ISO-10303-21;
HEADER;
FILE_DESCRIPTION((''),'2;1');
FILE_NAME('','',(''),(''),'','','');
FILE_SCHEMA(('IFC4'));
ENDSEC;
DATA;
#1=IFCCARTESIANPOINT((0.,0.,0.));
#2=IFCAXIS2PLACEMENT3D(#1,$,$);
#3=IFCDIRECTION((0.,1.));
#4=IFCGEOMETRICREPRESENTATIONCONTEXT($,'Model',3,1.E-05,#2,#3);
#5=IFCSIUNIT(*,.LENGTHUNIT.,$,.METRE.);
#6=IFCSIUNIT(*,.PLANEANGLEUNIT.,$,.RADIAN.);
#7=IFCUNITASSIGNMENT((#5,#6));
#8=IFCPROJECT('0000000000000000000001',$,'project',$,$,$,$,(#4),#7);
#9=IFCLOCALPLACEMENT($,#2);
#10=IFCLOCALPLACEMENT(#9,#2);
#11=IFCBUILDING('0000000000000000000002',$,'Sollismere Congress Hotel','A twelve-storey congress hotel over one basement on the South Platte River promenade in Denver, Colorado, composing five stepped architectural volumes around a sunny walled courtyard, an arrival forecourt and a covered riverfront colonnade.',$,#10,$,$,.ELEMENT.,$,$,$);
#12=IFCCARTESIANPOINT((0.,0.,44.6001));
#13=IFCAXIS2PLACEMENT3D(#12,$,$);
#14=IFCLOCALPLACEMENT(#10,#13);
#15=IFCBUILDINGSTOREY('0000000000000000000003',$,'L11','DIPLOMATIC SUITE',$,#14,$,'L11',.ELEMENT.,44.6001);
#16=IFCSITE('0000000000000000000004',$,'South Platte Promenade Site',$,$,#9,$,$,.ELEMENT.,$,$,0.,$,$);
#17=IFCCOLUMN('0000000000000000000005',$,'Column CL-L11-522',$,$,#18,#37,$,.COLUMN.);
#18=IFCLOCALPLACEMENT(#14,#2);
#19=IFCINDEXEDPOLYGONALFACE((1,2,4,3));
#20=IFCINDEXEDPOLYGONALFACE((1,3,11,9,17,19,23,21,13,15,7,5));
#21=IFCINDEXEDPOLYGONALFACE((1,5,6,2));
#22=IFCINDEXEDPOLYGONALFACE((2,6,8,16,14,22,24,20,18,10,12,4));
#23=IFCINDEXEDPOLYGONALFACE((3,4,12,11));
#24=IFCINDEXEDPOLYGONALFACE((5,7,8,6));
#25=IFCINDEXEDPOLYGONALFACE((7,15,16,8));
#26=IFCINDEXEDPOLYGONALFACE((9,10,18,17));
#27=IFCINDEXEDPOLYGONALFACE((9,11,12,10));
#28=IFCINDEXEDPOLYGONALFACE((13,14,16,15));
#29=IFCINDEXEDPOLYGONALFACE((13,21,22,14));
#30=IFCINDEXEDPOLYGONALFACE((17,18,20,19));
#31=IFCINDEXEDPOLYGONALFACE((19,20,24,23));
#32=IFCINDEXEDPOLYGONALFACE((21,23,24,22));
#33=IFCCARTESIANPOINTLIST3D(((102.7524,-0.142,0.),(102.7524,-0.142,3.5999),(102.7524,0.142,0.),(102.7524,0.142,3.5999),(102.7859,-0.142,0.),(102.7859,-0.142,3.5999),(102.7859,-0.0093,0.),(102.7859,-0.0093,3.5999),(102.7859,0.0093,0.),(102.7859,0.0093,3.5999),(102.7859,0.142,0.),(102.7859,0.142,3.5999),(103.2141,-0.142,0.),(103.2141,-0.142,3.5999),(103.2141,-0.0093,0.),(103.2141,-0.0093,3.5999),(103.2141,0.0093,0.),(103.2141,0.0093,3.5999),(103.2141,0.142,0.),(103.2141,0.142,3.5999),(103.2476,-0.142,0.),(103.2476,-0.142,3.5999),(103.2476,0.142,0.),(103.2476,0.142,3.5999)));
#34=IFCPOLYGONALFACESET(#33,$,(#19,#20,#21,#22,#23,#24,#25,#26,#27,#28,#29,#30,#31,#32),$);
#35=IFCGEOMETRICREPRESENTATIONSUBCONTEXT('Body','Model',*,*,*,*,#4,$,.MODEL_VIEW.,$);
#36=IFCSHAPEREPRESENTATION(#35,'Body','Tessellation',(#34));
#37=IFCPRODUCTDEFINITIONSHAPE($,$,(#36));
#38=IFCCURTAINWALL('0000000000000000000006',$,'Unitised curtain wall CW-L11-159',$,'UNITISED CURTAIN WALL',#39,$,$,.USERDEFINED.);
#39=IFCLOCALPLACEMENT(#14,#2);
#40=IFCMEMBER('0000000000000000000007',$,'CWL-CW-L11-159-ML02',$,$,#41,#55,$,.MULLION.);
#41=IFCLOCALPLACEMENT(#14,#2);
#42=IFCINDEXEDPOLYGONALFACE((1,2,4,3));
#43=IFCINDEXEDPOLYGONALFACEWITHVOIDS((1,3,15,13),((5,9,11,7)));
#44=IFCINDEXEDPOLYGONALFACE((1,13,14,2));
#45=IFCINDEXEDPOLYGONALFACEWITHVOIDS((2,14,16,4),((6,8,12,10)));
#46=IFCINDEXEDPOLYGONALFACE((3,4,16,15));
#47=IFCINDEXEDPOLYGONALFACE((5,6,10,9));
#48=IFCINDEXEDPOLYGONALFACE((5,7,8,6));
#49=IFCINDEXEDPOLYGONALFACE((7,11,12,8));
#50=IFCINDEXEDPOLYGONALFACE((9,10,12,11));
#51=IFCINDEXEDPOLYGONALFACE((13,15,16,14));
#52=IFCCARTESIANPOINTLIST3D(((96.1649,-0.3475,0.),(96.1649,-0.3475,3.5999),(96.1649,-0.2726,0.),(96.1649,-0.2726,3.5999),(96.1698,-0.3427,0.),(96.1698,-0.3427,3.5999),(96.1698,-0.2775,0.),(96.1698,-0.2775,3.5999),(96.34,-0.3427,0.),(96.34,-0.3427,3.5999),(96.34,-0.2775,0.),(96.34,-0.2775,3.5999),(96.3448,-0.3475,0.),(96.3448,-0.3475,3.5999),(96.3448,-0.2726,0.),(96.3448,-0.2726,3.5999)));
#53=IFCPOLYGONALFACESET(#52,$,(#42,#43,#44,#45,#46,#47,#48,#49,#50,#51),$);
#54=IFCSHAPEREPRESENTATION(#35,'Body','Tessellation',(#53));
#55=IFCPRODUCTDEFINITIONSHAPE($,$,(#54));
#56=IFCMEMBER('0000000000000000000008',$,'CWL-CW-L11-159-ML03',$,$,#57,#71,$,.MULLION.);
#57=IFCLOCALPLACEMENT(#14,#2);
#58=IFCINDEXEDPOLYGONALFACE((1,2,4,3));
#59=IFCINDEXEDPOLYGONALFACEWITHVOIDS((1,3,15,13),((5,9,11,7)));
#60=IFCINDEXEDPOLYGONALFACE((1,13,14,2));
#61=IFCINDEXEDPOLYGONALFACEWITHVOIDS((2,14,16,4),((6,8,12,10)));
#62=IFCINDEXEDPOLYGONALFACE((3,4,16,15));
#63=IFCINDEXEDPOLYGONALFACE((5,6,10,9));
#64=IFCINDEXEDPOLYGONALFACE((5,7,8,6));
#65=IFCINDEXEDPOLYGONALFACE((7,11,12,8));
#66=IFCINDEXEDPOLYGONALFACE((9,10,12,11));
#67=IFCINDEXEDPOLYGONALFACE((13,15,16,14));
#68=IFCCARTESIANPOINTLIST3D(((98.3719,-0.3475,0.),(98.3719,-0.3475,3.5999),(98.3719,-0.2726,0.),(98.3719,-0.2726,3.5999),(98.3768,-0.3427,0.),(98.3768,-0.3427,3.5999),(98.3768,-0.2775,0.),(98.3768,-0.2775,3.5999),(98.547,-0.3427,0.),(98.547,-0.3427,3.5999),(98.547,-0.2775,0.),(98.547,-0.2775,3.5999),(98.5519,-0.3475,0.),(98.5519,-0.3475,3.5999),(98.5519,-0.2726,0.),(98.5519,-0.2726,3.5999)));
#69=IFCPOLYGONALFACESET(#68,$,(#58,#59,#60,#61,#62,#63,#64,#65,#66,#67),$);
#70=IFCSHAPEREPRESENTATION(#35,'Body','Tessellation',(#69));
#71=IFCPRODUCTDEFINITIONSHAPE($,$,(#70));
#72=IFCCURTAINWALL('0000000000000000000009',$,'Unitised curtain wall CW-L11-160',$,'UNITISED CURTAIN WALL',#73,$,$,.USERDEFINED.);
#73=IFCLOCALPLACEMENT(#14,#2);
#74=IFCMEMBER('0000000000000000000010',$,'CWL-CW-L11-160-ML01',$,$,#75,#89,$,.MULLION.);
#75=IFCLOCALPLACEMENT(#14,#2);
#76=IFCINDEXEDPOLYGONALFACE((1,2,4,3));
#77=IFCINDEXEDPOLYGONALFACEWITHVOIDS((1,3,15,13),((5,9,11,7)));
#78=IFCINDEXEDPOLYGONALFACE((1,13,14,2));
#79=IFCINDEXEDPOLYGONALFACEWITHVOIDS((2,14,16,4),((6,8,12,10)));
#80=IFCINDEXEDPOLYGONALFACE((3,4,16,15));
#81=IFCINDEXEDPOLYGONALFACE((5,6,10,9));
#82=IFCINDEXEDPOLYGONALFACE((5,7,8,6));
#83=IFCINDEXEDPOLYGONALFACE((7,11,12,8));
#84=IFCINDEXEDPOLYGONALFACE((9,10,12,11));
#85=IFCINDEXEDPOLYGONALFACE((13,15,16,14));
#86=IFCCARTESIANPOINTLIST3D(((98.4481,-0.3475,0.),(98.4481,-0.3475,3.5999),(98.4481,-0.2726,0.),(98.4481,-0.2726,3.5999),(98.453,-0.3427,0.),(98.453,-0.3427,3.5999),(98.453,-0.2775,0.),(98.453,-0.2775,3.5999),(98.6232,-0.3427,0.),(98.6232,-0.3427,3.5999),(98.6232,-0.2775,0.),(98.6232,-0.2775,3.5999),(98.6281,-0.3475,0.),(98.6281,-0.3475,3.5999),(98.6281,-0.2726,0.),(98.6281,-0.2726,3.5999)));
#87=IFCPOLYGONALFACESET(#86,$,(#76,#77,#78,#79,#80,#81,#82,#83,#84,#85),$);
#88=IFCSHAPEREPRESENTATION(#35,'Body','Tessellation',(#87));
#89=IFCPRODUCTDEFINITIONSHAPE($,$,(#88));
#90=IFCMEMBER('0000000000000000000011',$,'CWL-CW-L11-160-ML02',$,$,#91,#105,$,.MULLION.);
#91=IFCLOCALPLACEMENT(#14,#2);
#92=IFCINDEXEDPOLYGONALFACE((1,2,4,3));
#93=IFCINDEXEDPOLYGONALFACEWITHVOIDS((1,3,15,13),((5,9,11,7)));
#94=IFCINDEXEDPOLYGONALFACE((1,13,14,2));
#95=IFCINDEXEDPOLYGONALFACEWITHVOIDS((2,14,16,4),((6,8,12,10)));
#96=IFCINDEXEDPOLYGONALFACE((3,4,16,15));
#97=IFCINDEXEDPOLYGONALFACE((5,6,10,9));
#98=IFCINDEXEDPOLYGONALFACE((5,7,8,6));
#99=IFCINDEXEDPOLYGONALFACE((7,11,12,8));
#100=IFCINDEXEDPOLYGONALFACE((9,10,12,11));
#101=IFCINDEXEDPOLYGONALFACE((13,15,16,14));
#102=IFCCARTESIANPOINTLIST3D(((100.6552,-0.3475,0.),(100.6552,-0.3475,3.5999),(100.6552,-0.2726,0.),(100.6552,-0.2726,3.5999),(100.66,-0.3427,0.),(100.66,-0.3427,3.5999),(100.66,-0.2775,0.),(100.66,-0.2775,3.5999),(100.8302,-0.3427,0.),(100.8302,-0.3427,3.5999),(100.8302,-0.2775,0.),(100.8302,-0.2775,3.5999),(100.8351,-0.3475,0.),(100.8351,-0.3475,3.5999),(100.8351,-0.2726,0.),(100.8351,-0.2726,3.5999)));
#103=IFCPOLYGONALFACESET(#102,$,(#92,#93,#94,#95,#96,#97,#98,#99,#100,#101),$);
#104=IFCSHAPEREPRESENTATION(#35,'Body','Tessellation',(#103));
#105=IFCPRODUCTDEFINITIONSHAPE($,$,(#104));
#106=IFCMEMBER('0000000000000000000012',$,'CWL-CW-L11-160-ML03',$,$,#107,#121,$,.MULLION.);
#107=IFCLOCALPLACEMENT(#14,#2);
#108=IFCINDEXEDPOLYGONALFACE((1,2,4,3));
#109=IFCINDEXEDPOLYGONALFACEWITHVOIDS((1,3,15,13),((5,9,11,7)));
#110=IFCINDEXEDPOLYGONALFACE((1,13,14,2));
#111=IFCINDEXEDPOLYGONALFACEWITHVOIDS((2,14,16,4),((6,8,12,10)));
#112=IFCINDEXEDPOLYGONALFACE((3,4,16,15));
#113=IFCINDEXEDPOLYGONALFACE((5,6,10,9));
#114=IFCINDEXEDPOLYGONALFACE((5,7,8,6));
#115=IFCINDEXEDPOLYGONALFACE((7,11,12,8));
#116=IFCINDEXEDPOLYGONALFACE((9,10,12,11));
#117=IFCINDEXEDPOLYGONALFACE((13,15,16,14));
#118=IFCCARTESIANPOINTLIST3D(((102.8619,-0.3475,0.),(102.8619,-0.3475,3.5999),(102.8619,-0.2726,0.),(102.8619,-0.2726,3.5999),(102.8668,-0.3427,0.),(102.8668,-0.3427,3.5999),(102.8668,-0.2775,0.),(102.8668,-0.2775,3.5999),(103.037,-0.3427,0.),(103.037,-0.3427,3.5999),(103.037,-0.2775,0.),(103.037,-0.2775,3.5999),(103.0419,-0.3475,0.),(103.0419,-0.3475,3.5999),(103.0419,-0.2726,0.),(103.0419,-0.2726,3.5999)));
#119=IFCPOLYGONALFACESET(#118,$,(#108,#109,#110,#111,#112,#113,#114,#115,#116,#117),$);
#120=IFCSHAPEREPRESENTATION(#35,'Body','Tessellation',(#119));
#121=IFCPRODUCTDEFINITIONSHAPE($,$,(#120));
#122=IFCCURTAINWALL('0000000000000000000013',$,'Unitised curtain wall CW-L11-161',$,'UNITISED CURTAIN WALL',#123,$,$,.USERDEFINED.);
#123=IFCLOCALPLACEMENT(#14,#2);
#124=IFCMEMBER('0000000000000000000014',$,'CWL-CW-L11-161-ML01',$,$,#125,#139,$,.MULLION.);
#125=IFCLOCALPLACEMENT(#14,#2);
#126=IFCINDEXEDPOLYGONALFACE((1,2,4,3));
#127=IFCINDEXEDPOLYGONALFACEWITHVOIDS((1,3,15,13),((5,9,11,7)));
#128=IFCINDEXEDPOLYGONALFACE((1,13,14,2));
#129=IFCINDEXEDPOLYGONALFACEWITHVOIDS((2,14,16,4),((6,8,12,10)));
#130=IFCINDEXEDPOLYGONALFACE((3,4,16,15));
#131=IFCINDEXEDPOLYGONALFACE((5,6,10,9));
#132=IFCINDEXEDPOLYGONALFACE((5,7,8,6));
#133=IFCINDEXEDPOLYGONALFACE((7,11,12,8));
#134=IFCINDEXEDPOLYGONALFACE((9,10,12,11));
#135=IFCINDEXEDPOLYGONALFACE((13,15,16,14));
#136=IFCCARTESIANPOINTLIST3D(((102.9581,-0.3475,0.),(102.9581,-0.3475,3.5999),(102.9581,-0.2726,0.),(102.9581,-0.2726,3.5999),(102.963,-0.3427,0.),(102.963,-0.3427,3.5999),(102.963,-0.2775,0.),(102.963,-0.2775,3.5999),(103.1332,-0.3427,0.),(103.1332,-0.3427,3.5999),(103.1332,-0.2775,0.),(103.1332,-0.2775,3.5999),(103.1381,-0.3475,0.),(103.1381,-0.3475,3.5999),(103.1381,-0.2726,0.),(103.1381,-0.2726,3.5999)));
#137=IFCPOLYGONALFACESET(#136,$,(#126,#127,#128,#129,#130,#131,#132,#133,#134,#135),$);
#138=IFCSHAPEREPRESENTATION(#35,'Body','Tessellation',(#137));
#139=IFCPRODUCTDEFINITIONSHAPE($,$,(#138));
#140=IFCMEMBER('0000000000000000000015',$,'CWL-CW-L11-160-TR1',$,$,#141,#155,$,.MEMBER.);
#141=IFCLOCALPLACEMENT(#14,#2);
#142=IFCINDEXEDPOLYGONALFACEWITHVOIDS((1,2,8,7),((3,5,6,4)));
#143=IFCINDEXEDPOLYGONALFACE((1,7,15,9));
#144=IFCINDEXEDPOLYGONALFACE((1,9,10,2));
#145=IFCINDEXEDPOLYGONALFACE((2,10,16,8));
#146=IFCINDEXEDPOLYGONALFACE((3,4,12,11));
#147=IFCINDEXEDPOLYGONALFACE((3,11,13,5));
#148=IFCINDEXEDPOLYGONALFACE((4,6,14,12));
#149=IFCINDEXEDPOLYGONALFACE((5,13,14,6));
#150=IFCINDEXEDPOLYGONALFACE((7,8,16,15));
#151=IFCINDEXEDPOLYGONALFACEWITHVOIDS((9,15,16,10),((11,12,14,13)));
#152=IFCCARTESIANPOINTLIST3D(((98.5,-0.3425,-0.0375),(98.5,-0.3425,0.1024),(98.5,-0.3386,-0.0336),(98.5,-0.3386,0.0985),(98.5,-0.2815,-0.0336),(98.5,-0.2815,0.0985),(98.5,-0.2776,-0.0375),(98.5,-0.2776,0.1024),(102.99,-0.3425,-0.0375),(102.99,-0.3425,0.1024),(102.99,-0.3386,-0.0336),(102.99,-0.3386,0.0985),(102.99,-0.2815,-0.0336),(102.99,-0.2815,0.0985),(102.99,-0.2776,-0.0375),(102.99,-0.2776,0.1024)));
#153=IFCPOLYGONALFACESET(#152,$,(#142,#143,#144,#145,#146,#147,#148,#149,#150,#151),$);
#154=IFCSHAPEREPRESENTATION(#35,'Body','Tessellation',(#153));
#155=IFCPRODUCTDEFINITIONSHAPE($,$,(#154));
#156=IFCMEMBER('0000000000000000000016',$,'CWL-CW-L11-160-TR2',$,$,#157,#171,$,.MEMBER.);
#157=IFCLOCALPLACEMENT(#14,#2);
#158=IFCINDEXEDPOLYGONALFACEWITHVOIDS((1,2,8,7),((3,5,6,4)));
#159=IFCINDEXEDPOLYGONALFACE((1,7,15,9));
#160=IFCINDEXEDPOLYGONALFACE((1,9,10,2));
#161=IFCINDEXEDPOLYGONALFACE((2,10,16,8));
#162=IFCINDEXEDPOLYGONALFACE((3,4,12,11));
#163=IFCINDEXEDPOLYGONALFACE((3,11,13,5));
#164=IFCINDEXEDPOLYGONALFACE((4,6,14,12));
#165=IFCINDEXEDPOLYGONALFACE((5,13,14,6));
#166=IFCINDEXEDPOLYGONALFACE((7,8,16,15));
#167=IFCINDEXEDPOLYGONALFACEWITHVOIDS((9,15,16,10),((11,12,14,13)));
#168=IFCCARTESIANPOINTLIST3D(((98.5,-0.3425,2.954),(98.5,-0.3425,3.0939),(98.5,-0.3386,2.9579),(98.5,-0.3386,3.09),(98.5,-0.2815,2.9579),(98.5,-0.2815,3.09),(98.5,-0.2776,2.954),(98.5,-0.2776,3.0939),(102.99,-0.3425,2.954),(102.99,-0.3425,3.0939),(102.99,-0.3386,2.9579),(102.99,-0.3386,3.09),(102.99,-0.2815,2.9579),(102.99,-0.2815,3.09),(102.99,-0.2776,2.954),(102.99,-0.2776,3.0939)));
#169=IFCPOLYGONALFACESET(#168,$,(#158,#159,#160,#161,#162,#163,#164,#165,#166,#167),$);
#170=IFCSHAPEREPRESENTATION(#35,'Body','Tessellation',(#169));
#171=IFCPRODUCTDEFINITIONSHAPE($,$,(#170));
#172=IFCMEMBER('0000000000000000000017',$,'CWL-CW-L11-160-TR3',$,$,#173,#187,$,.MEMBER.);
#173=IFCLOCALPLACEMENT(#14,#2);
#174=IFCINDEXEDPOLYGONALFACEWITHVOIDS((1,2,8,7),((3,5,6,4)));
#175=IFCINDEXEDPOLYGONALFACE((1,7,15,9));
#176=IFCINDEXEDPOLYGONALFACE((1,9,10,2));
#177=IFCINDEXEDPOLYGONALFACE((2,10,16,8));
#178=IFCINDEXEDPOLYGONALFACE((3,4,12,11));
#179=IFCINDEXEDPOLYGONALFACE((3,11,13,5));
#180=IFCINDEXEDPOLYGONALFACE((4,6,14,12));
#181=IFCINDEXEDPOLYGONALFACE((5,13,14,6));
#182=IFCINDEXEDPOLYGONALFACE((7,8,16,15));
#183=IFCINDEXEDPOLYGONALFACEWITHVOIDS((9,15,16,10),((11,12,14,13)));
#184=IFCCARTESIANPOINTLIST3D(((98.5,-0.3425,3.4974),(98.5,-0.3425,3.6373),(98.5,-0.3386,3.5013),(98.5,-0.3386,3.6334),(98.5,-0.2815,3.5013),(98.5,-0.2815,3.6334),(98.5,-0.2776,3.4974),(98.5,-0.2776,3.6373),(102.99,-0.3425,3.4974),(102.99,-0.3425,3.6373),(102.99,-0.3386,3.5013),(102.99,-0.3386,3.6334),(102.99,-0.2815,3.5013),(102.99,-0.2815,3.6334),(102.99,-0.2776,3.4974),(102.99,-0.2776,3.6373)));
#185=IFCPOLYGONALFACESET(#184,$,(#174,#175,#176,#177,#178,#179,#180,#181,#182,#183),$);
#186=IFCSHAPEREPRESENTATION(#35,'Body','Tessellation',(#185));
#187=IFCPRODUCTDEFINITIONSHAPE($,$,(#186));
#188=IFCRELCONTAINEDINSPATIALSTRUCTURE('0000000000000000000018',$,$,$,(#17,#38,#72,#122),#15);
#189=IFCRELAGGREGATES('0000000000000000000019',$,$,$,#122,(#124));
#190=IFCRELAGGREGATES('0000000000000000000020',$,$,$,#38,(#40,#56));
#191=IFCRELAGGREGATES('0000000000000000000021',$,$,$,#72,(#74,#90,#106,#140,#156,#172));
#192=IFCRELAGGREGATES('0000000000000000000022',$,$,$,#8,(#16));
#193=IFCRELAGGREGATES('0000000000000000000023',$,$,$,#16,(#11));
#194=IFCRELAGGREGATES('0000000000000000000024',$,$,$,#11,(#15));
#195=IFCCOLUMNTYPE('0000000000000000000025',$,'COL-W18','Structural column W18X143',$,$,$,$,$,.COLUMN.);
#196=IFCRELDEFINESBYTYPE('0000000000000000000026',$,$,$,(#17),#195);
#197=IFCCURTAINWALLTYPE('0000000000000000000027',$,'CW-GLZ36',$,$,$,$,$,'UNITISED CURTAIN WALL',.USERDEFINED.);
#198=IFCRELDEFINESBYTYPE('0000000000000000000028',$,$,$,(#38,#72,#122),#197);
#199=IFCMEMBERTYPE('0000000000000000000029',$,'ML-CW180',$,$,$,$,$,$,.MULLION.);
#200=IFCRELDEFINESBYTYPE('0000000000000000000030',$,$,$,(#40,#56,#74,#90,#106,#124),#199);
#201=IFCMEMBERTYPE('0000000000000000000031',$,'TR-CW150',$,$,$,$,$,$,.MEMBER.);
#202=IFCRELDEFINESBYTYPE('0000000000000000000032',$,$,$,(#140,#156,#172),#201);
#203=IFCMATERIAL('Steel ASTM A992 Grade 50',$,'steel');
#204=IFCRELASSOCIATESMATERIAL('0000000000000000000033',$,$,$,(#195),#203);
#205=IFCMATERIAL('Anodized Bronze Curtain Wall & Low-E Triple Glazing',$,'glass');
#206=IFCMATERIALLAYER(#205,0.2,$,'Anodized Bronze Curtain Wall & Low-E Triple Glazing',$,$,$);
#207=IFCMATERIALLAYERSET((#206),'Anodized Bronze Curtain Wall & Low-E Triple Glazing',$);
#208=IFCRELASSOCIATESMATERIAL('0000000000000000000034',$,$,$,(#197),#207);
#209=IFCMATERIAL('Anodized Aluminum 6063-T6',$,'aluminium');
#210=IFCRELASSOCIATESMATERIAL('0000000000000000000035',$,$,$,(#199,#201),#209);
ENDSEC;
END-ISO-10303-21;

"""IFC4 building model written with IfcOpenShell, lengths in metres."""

from ifc_helpers import new_model, si_unit, direction, frame, origin, origin_2d, place, context, subcontext, project, spatial, hollow_rectangle, i_section, extrude, material, layer, layer_set, material_profile, profile_set, type_object, element, aggregate, save


model = new_model("IFC4")

# Units and contexts
model_context = context("Model", 3, precision=1e-05, world=origin(), true_north=direction((0.0, 1.0)))
body_context = subcontext(model_context, "Body", "Model", "MODEL_VIEW")
ifc_project = project(units=[si_unit("LENGTHUNIT", "METRE"), si_unit("PLANEANGLEUNIT", "RADIAN")], contexts=[model_context])

# Site, building, storey
site_placement = place(None, origin())
site = spatial("IfcSite", under=ifc_project, at=site_placement, Name="South Platte Promenade Site", CompositionType="ELEMENT", RefElevation=0.0)
building_placement = place(site_placement, origin())
building = spatial("IfcBuilding", under=site, at=building_placement, Name="Sollismere Congress Hotel", Description="A twelve-storey congress hotel over one basement on the South Platte River promenade in Denver, Colorado, composing five stepped architectural volumes around a sunny walled courtyard, an arrival forecourt and a covered riverfront colonnade.", CompositionType="ELEMENT")
storey_placement = place(building_placement, frame((0.0, 0.0, 44.6001)))
storey = spatial("IfcBuildingStorey", under=building, at=storey_placement, Name="L11", Description="DIPLOMATIC SUITE", LongName="L11", CompositionType="ELEMENT", Elevation=44.6001)

# Column
ifc_material_1 = material(Name="Steel ASTM A992 Grade 50", Category="steel")
ifc_material_profile_1 = material_profile(ifc_material_1, i_section(OverallWidth=0.2839, OverallDepth=0.4951, WebThickness=0.0186, FlangeThickness=0.0334, at=origin_2d()), Name="W18X143")
ifc_profile_set_1 = profile_set([ifc_material_profile_1], Name="Steel ASTM A992 Grade 50")
column_type = type_object("IfcColumnType", Name="COL-W18", Description="Structural column W18X143", PredefinedType="COLUMN", material=ifc_profile_set_1)
column_placement = place(storey_placement, frame((103.0, 0.0, 0.0), z_axis=(0.0, 0.0, 1.0), x_axis=(0.0, 1.0, 0.0)))
element("IfcColumn", 1, at=column_placement, inside=storey, type_object=column_type, Name="Column CL-L11-522", PredefinedType="COLUMN", context=body_context, shape_type="SweptSolid", body=[
    extrude(i_section(OverallWidth=0.2839, OverallDepth=0.4951, WebThickness=0.0186, FlangeThickness=0.0334, at=origin_2d()), origin(), (0.0, 0.0, 1.0), 3.5999),
])

# Curtain walls, members
ifc_material_2 = material(Name="Anodized Bronze Curtain Wall & Low-E Triple Glazing", Category="glass")
ifc_layer_1 = layer(ifc_material_2, 0.2, Name="Anodized Bronze Curtain Wall & Low-E Triple Glazing")
ifc_layer_set_1 = layer_set([ifc_layer_1], Name="Anodized Bronze Curtain Wall & Low-E Triple Glazing")
curtain_wall_type = type_object("IfcCurtainWallType", Name="CW-GLZ36", ElementType="UNITISED CURTAIN WALL", PredefinedType="USERDEFINED", material=ifc_layer_set_1)
curtain_wall_1_placement = place(storey_placement, origin())
curtain_wall_1 = element("IfcCurtainWall", 2, at=curtain_wall_1_placement, inside=storey, type_object=curtain_wall_type, Name="Unitised curtain wall CW-L11-159", ObjectType="UNITISED CURTAIN WALL", PredefinedType="USERDEFINED")
ifc_material_3 = material(Name="Anodized Aluminum 6063-T6", Category="aluminium")
ifc_material_profile_2 = material_profile(ifc_material_3, hollow_rectangle(XDim=0.075, YDim=0.1799, WallThickness=0.0049, at=origin_2d()), Name="ALU180X75X5")
ifc_profile_set_2 = profile_set([ifc_material_profile_2], Name="Anodized Aluminum 6063-T6")
member_type_1 = type_object("IfcMemberType", Name="ML-CW180", PredefinedType="MULLION", material=ifc_profile_set_2)
member_1_placement = place(storey_placement, frame((96.2549, -0.3101, 0.0), z_axis=(0.0, 0.0, 1.0), x_axis=(0.0, 1.0, 0.0)))
member_1 = element("IfcMember", 3, at=member_1_placement, type_object=member_type_1, Name="CWL-CW-L11-159-ML02", PredefinedType="MULLION", context=body_context, shape_type="SweptSolid", body=[
    extrude(hollow_rectangle(XDim=0.075, YDim=0.1799, WallThickness=0.0049, at=origin_2d()), origin(), (0.0, 0.0, 1.0), 3.5999),
])
member_2_placement = place(storey_placement, frame((98.4619, -0.3101, 0.0), z_axis=(0.0, 0.0, 1.0), x_axis=(0.0, 1.0, 0.0)))
member_2 = element("IfcMember", 4, at=member_2_placement, type_object=member_type_1, Name="CWL-CW-L11-159-ML03", PredefinedType="MULLION", context=body_context, shape_type="SweptSolid", body=[
    extrude(hollow_rectangle(XDim=0.075, YDim=0.1799, WallThickness=0.0049, at=origin_2d()), origin(), (0.0, 0.0, 1.0), 3.5999),
])
curtain_wall_2_placement = place(storey_placement, origin())
curtain_wall_2 = element("IfcCurtainWall", 5, at=curtain_wall_2_placement, inside=storey, type_object=curtain_wall_type, Name="Unitised curtain wall CW-L11-160", ObjectType="UNITISED CURTAIN WALL", PredefinedType="USERDEFINED")
member_3_placement = place(storey_placement, frame((98.5381, -0.3101, 0.0), z_axis=(0.0, 0.0, 1.0), x_axis=(0.0, 1.0, 0.0)))
member_3 = element("IfcMember", 6, at=member_3_placement, type_object=member_type_1, Name="CWL-CW-L11-160-ML01", PredefinedType="MULLION", context=body_context, shape_type="SweptSolid", body=[
    extrude(hollow_rectangle(XDim=0.075, YDim=0.1799, WallThickness=0.0049, at=origin_2d()), origin(), (0.0, 0.0, 1.0), 3.5999),
])
member_4_placement = place(storey_placement, frame((100.7451, -0.3101, 0.0), z_axis=(0.0, 0.0, 1.0), x_axis=(0.0, 1.0, 0.0)))
member_4 = element("IfcMember", 7, at=member_4_placement, type_object=member_type_1, Name="CWL-CW-L11-160-ML02", PredefinedType="MULLION", context=body_context, shape_type="SweptSolid", body=[
    extrude(hollow_rectangle(XDim=0.075, YDim=0.1799, WallThickness=0.0049, at=origin_2d()), origin(), (0.0, 0.0, 1.0), 3.5999),
])
member_5_placement = place(storey_placement, frame((102.9519, -0.3101, 0.0), z_axis=(0.0, 0.0, 1.0), x_axis=(0.0, 1.0, 0.0)))
member_5 = element("IfcMember", 8, at=member_5_placement, type_object=member_type_1, Name="CWL-CW-L11-160-ML03", PredefinedType="MULLION", context=body_context, shape_type="SweptSolid", body=[
    extrude(hollow_rectangle(XDim=0.075, YDim=0.1799, WallThickness=0.0049, at=origin_2d()), origin(), (0.0, 0.0, 1.0), 3.5999),
])

# Curtain wall, member
curtain_wall_3_placement = place(storey_placement, origin())
curtain_wall_3 = element("IfcCurtainWall", 9, at=curtain_wall_3_placement, inside=storey, type_object=curtain_wall_type, Name="Unitised curtain wall CW-L11-161", ObjectType="UNITISED CURTAIN WALL", PredefinedType="USERDEFINED")
member_6_placement = place(storey_placement, frame((103.0481, -0.3101, 0.0), z_axis=(0.0, 0.0, 1.0), x_axis=(0.0, 1.0, 0.0)))
member_6 = element("IfcMember", 10, at=member_6_placement, type_object=member_type_1, Name="CWL-CW-L11-161-ML01", PredefinedType="MULLION", context=body_context, shape_type="SweptSolid", body=[
    extrude(hollow_rectangle(XDim=0.075, YDim=0.1799, WallThickness=0.0049, at=origin_2d()), origin(), (0.0, 0.0, 1.0), 3.5999),
])

# Members
ifc_material_profile_3 = material_profile(ifc_material_3, hollow_rectangle(XDim=0.0649, YDim=0.1399, WallThickness=0.0039, at=origin_2d()), Name="ALU140X65X4")
ifc_profile_set_3 = profile_set([ifc_material_profile_3], Name="Anodized Aluminum 6063-T6")
member_type_2 = type_object("IfcMemberType", Name="TR-CW150", PredefinedType="MEMBER", material=ifc_profile_set_3)
member_7_placement = place(storey_placement, frame((98.5, -0.3101, 0.0325), z_axis=(1.0, 0.0, 0.0), x_axis=(0.0, 1.0, 0.0)))
member_7 = element("IfcMember", 11, at=member_7_placement, type_object=member_type_2, Name="CWL-CW-L11-160-TR1", PredefinedType="MEMBER", context=body_context, shape_type="SweptSolid", body=[
    extrude(hollow_rectangle(XDim=0.0649, YDim=0.1399, WallThickness=0.0039, at=origin_2d()), origin(), (0.0, 0.0, 1.0), 4.49),
])
member_8_placement = place(storey_placement, frame((98.5, -0.3101, 3.0239), z_axis=(1.0, 0.0, 0.0), x_axis=(0.0, 1.0, 0.0)))
member_8 = element("IfcMember", 12, at=member_8_placement, type_object=member_type_2, Name="CWL-CW-L11-160-TR2", PredefinedType="MEMBER", context=body_context, shape_type="SweptSolid", body=[
    extrude(hollow_rectangle(XDim=0.0649, YDim=0.1399, WallThickness=0.0039, at=origin_2d()), origin(), (0.0, 0.0, 1.0), 4.49),
])
member_9_placement = place(storey_placement, frame((98.5, -0.3101, 3.5674), z_axis=(1.0, 0.0, 0.0), x_axis=(0.0, 1.0, 0.0)))
member_9 = element("IfcMember", 13, at=member_9_placement, type_object=member_type_2, Name="CWL-CW-L11-160-TR3", PredefinedType="MEMBER", context=body_context, shape_type="SweptSolid", body=[
    extrude(hollow_rectangle(XDim=0.0649, YDim=0.1399, WallThickness=0.0039, at=origin_2d()), origin(), (0.0, 0.0, 1.0), 4.49),
])
aggregate(curtain_wall_3, [member_6])

aggregate(curtain_wall_1, [member_1, member_2])
aggregate(curtain_wall_2, [member_3, member_4, member_5, member_7, member_8, member_9])

save(model, "model.ifc")
